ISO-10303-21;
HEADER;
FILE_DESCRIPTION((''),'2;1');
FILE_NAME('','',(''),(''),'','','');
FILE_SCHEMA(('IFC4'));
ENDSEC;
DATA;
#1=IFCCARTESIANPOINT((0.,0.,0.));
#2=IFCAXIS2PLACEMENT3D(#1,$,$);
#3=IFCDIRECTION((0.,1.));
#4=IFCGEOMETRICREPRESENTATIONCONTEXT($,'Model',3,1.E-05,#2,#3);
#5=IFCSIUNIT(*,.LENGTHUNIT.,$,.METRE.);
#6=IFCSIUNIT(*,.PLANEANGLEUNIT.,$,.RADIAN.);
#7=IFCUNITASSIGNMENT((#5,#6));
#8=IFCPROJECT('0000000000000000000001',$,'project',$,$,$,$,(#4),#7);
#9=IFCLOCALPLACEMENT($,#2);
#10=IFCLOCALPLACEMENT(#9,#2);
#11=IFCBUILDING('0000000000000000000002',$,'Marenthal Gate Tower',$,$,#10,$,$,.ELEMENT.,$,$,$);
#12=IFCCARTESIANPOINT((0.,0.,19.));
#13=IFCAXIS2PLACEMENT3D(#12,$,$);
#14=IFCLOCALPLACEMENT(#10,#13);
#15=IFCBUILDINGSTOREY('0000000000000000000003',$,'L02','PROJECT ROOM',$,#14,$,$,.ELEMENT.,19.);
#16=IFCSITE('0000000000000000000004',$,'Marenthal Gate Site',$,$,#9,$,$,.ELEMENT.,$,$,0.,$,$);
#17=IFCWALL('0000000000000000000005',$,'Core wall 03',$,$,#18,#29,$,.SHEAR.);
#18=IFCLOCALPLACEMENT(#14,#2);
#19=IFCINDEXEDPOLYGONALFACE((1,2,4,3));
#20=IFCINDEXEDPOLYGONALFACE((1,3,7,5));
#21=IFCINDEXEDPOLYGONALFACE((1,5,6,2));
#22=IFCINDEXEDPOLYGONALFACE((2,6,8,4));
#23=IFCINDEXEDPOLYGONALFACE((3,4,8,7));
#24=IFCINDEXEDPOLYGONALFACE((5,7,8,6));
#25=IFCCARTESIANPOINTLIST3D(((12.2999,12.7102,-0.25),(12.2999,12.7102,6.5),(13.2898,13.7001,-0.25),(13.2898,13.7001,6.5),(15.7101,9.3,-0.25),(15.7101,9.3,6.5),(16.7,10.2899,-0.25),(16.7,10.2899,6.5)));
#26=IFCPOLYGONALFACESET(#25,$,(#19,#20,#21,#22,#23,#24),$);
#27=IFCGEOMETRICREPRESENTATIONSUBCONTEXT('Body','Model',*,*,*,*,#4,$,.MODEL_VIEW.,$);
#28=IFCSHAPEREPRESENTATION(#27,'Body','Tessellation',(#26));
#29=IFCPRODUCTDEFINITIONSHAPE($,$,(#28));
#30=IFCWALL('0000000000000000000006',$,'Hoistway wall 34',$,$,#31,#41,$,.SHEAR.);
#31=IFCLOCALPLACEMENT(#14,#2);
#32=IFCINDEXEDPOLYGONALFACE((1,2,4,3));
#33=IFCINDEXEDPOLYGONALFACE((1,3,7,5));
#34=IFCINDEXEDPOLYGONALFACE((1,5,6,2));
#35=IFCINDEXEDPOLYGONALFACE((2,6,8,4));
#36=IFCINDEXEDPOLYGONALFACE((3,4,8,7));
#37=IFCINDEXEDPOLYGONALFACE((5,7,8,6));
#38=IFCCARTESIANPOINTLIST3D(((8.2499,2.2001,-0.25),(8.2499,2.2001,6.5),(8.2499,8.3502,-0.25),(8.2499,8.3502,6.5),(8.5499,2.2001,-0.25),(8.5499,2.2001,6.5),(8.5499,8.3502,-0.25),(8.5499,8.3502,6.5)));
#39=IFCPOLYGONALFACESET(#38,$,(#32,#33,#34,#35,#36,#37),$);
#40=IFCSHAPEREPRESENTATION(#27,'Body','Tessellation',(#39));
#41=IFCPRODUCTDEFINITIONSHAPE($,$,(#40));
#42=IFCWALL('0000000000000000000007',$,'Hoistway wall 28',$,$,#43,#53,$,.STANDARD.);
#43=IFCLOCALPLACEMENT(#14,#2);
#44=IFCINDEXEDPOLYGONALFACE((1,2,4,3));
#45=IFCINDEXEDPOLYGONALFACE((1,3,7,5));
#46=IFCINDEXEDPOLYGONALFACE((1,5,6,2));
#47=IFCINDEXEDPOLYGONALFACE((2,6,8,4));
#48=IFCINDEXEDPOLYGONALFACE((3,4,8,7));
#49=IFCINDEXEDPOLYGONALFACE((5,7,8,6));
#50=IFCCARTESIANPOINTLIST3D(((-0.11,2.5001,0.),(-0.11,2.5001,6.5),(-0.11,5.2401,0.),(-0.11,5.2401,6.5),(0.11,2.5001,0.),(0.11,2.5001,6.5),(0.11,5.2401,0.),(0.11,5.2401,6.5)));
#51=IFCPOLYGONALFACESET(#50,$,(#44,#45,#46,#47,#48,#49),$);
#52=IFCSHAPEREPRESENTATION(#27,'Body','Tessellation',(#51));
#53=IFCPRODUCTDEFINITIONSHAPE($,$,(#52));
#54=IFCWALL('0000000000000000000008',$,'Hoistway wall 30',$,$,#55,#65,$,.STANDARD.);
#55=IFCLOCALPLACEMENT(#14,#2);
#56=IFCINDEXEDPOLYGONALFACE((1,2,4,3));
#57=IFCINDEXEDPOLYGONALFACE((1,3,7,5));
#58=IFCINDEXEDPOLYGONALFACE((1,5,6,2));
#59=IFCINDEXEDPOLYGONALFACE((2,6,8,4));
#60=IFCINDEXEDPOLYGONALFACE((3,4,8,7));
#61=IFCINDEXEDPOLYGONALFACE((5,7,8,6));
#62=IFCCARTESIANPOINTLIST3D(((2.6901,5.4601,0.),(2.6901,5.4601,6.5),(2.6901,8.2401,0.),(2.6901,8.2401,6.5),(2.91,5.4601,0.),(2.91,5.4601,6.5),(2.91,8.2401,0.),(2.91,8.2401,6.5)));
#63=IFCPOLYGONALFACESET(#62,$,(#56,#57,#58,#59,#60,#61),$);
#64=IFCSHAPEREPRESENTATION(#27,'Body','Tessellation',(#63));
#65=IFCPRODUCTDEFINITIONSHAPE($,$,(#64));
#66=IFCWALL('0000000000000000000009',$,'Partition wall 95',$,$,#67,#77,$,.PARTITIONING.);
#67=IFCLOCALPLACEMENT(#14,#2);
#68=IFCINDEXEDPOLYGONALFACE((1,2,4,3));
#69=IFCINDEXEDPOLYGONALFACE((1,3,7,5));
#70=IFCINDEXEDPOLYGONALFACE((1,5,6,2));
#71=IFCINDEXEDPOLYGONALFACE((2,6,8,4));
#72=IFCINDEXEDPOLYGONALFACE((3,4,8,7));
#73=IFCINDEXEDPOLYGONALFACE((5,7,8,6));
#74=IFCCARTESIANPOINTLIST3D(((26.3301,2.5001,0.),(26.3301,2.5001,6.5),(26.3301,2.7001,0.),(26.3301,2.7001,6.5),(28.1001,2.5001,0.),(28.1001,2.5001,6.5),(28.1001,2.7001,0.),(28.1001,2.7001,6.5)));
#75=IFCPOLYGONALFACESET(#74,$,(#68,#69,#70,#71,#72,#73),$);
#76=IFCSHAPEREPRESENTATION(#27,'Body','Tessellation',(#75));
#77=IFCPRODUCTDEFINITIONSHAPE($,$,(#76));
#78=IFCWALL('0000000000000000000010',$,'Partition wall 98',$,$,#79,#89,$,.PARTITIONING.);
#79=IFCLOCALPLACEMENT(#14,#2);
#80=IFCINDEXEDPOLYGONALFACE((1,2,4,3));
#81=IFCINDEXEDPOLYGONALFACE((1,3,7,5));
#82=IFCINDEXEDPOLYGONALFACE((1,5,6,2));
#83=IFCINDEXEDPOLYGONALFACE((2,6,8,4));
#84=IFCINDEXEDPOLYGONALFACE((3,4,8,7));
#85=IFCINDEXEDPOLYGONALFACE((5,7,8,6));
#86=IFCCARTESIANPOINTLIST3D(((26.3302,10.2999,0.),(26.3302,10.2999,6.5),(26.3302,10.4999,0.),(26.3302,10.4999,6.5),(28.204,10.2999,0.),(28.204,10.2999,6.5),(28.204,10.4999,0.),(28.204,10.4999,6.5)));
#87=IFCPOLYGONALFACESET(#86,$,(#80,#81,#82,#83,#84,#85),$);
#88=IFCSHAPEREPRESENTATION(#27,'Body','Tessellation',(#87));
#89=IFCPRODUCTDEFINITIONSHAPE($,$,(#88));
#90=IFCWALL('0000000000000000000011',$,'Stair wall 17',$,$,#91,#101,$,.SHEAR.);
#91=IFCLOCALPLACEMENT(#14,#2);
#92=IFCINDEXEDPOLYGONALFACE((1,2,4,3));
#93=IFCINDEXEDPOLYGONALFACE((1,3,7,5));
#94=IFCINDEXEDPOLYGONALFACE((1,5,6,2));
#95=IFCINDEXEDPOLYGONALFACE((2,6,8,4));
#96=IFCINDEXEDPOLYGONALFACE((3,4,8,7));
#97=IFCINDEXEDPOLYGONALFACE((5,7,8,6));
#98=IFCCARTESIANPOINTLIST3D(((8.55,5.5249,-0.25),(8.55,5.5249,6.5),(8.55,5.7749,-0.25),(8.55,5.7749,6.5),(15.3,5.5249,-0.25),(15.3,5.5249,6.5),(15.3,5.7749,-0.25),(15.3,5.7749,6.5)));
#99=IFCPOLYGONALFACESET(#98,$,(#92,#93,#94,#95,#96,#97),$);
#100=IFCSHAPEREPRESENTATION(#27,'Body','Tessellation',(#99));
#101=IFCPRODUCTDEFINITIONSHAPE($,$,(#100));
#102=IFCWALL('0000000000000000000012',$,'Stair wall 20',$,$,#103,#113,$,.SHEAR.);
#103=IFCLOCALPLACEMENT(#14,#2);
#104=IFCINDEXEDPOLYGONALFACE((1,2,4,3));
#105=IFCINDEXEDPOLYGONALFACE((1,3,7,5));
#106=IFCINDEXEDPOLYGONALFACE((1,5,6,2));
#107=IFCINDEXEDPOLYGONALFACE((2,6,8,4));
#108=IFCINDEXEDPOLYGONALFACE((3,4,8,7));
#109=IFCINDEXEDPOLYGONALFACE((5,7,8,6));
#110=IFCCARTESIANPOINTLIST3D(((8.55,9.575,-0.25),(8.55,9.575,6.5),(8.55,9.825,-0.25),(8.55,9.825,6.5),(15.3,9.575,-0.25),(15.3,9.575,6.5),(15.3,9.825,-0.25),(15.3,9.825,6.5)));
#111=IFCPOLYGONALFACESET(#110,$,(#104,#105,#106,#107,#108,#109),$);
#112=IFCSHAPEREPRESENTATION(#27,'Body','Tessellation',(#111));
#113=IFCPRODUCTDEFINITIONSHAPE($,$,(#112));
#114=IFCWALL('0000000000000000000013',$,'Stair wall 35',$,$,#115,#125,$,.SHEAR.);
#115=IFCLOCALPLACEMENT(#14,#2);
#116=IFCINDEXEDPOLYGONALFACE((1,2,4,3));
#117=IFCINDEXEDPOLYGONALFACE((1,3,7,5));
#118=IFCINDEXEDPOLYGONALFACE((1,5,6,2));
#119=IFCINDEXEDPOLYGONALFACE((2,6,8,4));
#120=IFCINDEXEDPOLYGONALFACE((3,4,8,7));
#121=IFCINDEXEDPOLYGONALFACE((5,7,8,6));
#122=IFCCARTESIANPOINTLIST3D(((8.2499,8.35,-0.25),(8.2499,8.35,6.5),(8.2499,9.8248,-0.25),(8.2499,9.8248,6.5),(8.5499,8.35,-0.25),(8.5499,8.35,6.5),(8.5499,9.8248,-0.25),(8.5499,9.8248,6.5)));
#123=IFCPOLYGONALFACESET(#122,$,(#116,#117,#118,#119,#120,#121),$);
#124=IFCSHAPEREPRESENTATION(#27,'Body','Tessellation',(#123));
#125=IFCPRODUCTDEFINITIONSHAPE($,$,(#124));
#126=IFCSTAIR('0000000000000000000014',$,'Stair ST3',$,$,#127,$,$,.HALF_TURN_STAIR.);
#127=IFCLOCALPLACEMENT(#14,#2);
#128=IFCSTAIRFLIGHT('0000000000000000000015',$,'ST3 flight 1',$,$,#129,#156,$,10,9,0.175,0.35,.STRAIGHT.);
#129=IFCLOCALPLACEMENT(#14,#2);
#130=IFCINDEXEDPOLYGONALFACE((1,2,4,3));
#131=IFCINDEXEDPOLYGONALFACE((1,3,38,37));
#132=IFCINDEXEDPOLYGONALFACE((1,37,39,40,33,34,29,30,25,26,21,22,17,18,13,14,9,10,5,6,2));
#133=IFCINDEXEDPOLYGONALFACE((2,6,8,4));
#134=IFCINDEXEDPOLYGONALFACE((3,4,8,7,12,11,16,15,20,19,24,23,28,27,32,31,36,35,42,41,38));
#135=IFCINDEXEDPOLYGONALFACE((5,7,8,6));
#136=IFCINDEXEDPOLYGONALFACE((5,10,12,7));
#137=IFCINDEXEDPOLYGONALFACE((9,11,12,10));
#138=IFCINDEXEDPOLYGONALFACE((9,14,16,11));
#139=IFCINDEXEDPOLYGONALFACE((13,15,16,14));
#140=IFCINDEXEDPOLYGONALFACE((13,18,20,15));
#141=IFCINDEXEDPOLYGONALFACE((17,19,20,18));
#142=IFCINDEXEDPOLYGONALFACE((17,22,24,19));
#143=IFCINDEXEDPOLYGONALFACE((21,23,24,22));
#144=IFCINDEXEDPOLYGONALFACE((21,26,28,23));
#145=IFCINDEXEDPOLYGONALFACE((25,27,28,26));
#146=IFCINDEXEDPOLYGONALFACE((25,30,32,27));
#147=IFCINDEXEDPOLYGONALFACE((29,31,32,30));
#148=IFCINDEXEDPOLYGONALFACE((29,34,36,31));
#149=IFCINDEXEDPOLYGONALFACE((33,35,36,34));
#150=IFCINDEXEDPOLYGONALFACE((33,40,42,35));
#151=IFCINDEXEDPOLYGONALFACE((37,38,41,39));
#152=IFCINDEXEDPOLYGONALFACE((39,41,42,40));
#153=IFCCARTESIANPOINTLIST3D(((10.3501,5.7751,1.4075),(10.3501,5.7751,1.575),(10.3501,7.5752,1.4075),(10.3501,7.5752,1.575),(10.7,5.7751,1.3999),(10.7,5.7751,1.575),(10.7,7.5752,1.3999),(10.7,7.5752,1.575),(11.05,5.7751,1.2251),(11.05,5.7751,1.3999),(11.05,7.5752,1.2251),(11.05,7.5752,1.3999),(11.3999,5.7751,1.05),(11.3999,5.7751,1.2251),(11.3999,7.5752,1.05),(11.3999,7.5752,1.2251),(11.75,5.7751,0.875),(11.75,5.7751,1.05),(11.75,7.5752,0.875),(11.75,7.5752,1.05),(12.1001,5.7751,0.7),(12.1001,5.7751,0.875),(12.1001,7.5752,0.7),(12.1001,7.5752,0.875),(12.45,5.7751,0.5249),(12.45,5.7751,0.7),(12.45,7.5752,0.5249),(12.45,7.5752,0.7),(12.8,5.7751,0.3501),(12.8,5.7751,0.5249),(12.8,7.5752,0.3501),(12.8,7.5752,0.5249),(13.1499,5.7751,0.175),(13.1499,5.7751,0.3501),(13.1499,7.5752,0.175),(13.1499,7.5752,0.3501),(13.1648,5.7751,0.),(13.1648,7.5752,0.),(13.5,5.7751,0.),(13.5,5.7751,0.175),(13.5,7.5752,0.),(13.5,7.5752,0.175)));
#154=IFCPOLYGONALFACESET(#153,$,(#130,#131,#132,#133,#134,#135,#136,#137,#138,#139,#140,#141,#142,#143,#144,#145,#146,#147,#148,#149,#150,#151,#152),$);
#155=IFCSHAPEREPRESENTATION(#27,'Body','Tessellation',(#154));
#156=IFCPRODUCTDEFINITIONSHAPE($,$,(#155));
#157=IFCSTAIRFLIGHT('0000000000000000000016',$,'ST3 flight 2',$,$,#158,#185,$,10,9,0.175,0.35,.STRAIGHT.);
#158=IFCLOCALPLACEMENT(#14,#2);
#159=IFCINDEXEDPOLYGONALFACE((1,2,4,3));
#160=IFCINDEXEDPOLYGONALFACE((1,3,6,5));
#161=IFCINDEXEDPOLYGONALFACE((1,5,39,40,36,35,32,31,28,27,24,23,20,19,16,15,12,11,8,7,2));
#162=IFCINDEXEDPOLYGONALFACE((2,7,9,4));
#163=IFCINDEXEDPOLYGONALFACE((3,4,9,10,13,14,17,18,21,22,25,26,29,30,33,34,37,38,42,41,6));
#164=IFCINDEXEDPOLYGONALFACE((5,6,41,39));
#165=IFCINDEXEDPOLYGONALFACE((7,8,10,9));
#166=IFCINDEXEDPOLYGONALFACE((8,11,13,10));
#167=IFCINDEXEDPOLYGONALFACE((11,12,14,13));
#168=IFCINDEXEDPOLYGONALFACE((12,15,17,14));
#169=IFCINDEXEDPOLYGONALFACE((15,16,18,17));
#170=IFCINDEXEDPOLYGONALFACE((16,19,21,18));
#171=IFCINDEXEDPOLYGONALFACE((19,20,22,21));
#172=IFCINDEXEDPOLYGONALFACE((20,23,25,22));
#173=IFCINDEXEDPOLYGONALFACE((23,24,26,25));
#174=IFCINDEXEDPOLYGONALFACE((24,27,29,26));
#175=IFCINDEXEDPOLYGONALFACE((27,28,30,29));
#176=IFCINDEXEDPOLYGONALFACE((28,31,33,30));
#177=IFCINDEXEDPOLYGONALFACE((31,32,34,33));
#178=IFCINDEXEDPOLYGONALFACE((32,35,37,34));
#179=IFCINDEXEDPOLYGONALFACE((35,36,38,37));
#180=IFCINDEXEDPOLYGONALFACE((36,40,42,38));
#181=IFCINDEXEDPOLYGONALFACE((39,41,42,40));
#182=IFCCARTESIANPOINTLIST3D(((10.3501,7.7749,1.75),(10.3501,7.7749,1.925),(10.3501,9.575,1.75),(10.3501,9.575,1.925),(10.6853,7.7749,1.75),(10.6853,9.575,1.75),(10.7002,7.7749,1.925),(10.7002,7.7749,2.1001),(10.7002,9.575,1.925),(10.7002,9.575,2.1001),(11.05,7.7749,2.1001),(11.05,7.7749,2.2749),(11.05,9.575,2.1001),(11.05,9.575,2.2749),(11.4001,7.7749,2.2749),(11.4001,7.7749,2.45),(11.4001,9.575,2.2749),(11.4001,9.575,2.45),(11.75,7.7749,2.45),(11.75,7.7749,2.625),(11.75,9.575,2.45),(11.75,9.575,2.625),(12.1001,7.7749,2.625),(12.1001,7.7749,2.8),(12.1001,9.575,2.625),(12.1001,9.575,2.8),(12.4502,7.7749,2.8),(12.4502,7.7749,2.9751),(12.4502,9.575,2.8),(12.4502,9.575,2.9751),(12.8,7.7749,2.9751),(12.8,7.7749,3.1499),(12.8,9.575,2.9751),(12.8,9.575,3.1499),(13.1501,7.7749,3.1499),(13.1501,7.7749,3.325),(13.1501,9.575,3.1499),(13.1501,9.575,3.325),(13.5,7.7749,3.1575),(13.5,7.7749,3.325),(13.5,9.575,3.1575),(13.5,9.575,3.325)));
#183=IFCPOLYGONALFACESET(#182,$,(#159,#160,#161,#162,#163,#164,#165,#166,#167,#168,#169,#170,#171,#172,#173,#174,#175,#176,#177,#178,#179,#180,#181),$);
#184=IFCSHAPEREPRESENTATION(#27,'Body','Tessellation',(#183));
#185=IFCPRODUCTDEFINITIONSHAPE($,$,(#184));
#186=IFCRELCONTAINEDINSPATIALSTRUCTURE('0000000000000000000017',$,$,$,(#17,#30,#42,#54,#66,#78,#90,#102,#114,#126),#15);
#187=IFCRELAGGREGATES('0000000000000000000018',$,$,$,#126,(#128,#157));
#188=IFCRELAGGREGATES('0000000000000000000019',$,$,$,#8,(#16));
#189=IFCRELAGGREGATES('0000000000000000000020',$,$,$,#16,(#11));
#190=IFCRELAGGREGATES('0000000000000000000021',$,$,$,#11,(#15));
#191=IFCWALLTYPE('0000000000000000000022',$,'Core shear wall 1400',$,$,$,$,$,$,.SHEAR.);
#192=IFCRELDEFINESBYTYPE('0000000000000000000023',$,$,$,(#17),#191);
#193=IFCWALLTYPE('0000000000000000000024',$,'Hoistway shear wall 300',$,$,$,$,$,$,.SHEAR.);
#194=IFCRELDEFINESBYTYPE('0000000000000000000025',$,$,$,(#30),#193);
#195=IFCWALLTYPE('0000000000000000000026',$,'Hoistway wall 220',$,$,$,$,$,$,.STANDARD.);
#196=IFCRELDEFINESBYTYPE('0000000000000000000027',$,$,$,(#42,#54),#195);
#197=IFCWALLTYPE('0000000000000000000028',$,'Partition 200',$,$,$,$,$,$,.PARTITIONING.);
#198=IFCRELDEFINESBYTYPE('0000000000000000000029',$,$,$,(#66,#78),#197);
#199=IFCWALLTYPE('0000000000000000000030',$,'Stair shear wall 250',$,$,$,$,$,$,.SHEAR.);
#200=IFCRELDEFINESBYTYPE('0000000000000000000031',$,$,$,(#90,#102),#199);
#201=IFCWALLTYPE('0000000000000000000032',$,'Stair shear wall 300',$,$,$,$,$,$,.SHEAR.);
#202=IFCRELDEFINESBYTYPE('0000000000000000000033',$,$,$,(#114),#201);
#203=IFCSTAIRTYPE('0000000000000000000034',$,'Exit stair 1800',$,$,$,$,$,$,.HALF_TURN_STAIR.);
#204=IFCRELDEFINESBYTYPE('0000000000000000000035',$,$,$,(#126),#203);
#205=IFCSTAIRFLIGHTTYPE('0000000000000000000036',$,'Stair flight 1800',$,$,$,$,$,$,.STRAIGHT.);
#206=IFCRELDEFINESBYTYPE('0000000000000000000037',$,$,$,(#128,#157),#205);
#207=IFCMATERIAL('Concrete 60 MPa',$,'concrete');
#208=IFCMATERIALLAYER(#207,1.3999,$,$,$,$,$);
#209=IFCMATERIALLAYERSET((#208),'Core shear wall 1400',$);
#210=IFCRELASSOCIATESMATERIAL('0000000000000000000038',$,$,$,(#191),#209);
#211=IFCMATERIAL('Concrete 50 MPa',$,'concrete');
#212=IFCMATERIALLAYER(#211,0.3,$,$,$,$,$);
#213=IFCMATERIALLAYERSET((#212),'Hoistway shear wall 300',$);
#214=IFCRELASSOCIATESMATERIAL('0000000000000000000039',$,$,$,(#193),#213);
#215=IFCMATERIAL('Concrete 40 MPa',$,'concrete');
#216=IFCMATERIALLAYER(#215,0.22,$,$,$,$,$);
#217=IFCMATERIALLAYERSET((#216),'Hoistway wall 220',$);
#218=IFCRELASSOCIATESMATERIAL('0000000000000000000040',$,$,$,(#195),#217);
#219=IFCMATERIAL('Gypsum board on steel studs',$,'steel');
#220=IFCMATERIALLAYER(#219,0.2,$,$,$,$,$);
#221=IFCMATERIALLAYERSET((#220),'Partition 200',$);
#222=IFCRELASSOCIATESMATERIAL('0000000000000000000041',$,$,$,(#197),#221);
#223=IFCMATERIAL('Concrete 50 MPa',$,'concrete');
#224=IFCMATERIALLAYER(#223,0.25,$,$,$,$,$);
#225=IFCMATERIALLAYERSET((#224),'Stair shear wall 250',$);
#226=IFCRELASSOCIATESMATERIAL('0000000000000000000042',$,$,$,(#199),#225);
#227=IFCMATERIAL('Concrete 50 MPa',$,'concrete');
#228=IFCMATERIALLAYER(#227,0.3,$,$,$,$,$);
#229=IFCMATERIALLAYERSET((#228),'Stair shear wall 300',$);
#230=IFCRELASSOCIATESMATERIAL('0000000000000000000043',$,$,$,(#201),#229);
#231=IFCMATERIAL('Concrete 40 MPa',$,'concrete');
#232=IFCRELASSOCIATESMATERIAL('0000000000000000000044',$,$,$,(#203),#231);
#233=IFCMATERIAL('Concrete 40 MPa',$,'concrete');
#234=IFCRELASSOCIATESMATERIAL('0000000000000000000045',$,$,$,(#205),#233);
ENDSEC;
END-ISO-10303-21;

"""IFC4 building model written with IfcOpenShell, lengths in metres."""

from ifc_helpers import new_model, si_unit, direction, frame, frame_2d, origin, place, context, subcontext, project, spatial, polyline, rectangle, outline, extrude, material, layer, layer_set, type_object, element, aggregate, save


model = new_model("IFC4")

# Units and contexts
model_context = context("Model", 3, precision=1e-05, world=origin(), true_north=direction((0.0, 1.0)))
body_context = subcontext(model_context, "Body", "Model", "MODEL_VIEW")
ifc_project = project(units=[si_unit("LENGTHUNIT", "METRE"), si_unit("PLANEANGLEUNIT", "RADIAN")], contexts=[model_context])

# Site, building, storey
site_placement = place(None, origin())
site = spatial("IfcSite", under=ifc_project, at=site_placement, Name="Marenthal Gate Site", CompositionType="ELEMENT", RefElevation=0.0)
building_placement = place(site_placement, origin())
building = spatial("IfcBuilding", under=site, at=building_placement, Name="Marenthal Gate Tower", CompositionType="ELEMENT")
storey_placement = place(building_placement, frame((0.0, 0.0, 19.0)))
storey = spatial("IfcBuildingStorey", under=building, at=storey_placement, Name="L02", Description="PROJECT ROOM", CompositionType="ELEMENT", Elevation=19.0)

# Walls
ifc_material_1 = material(Name="Concrete 60 MPa", Category="concrete")
ifc_layer_1 = layer(ifc_material_1, 1.3999)
ifc_layer_set_1 = layer_set([ifc_layer_1], Name="Core shear wall 1400")
wall_type_1 = type_object("IfcWallType", Name="Core shear wall 1400", PredefinedType="SHEAR", material=ifc_layer_set_1)
wall_1_placement = place(storey_placement, frame((16.2051, 9.7949, -0.25), z_axis=(0.0, 0.0, 1.0), x_axis=(-0.707107, 0.707107, 0.0)))
element("IfcWall", 1, at=wall_1_placement, inside=storey, type_object=wall_type_1, Name="Core wall 03", PredefinedType="SHEAR", context=body_context, shape_type="SweptSolid", body=[
    extrude(rectangle(XDim=4.8228, YDim=1.3999, at=frame_2d((2.4114, 0.0))), origin(), (0.0, 0.0, 1.0), 6.75),
])
ifc_material_2 = material(Name="Concrete 50 MPa", Category="concrete")
ifc_layer_2 = layer(ifc_material_2, 0.3)
ifc_layer_set_2 = layer_set([ifc_layer_2], Name="Hoistway shear wall 300")
wall_type_2 = type_object("IfcWallType", Name="Hoistway shear wall 300", PredefinedType="SHEAR", material=ifc_layer_set_2)
wall_2_placement = place(storey_placement, frame((8.3999, 2.2, -0.25), z_axis=(0.0, 0.0, 1.0), x_axis=(0.0, 1.0, 0.0)))
element("IfcWall", 2, at=wall_2_placement, inside=storey, type_object=wall_type_2, Name="Hoistway wall 34", PredefinedType="SHEAR", context=body_context, shape_type="SweptSolid", body=[
    extrude(rectangle(XDim=6.1501, YDim=0.3, at=frame_2d((3.0752, 0.0))), origin(), (0.0, 0.0, 1.0), 6.75),
])
ifc_material_3 = material(Name="Concrete 40 MPa", Category="concrete")
ifc_layer_3 = layer(ifc_material_3, 0.22)
ifc_layer_set_3 = layer_set([ifc_layer_3], Name="Hoistway wall 220")
wall_type_3 = type_object("IfcWallType", Name="Hoistway wall 220", PredefinedType="STANDARD", material=ifc_layer_set_3)
wall_3_placement = place(storey_placement, frame((0.0, 2.5, 0.0), z_axis=(0.0, 0.0, 1.0), x_axis=(0.0, 1.0, 0.0)))
element("IfcWall", 3, at=wall_3_placement, inside=storey, type_object=wall_type_3, Name="Hoistway wall 28", PredefinedType="STANDARD", context=body_context, shape_type="SweptSolid", body=[
    extrude(rectangle(XDim=2.74, YDim=0.22, at=frame_2d((1.3701, 0.0))), origin(), (0.0, 0.0, 1.0), 6.5),
])
wall_4_placement = place(storey_placement, frame((2.8, 5.46, 0.0), z_axis=(0.0, 0.0, 1.0), x_axis=(0.0, 1.0, 0.0)))
element("IfcWall", 4, at=wall_4_placement, inside=storey, type_object=wall_type_3, Name="Hoistway wall 30", PredefinedType="STANDARD", context=body_context, shape_type="SweptSolid", body=[
    extrude(rectangle(XDim=2.78, YDim=0.22, at=frame_2d((1.3901, 0.0))), origin(), (0.0, 0.0, 1.0), 6.5),
])
ifc_material_4 = material(Name="Gypsum board on steel studs", Category="steel")
ifc_layer_4 = layer(ifc_material_4, 0.2)
ifc_layer_set_4 = layer_set([ifc_layer_4], Name="Partition 200")
wall_type_4 = type_object("IfcWallType", Name="Partition 200", PredefinedType="PARTITIONING", material=ifc_layer_set_4)
wall_5_placement = place(storey_placement, frame((26.3301, 2.6001, 0.0), z_axis=(0.0, 0.0, 1.0), x_axis=(1.0, 0.0, 0.0)))
element("IfcWall", 5, at=wall_5_placement, inside=storey, type_object=wall_type_4, Name="Partition wall 95", PredefinedType="PARTITIONING", context=body_context, shape_type="SweptSolid", body=[
    extrude(rectangle(XDim=1.77, YDim=0.2, at=frame_2d((0.885, 0.0))), origin(), (0.0, 0.0, 1.0), 6.5),
])
wall_6_placement = place(storey_placement, frame((26.3301, 10.3999, 0.0), z_axis=(0.0, 0.0, 1.0), x_axis=(1.0, 0.0, 0.0)))
element("IfcWall", 6, at=wall_6_placement, inside=storey, type_object=wall_type_4, Name="Partition wall 98", PredefinedType="PARTITIONING", context=body_context, shape_type="SweptSolid", body=[
    extrude(rectangle(XDim=1.8738, YDim=0.2, at=frame_2d((0.937, 0.0))), origin(), (0.0, 0.0, 1.0), 6.5),
])
ifc_material_5 = material(Name="Concrete 50 MPa", Category="concrete")
ifc_layer_5 = layer(ifc_material_5, 0.25)
ifc_layer_set_5 = layer_set([ifc_layer_5], Name="Stair shear wall 250")
wall_type_5 = type_object("IfcWallType", Name="Stair shear wall 250", PredefinedType="SHEAR", material=ifc_layer_set_5)
for number, where, z_axis, x_axis, name in (
    (7, (8.55, 5.6499, -0.25), (0.0, 0.0, 1.0), (1.0, 0.0, 0.0), "Stair wall 17"),
    (8, (8.55, 9.7, -0.25), (0.0, 0.0, 1.0), (1.0, 0.0, 0.0), "Stair wall 20"),
):
    element("IfcWall", number, at=place(storey_placement, frame(where, z_axis=z_axis, x_axis=x_axis)), inside=storey, type_object=wall_type_5, Name=name, PredefinedType="SHEAR", context=body_context, shape_type="SweptSolid", body=[
        extrude(rectangle(XDim=6.75, YDim=0.25, at=frame_2d((3.375, 0.0))), origin(), (0.0, 0.0, 1.0), 6.75),
    ])
ifc_material_6 = material(Name="Concrete 50 MPa", Category="concrete")
ifc_layer_6 = layer(ifc_material_6, 0.3)
ifc_layer_set_6 = layer_set([ifc_layer_6], Name="Stair shear wall 300")
wall_type_6 = type_object("IfcWallType", Name="Stair shear wall 300", PredefinedType="SHEAR", material=ifc_layer_set_6)
wall_7_placement = place(storey_placement, frame((8.3999, 8.3501, -0.25), z_axis=(0.0, 0.0, 1.0), x_axis=(0.0, 1.0, 0.0)))
element("IfcWall", 9, at=wall_7_placement, inside=storey, type_object=wall_type_6, Name="Stair wall 35", PredefinedType="SHEAR", context=body_context, shape_type="SweptSolid", body=[
    extrude(rectangle(XDim=1.4749, YDim=0.3, at=frame_2d((0.7373, 0.0))), origin(), (0.0, 0.0, 1.0), 6.75),
])

# Stair, stair flights
ifc_material_7 = material(Name="Concrete 40 MPa", Category="concrete")
stair_type_1 = type_object("IfcStairType", Name="Exit stair 1800", PredefinedType="HALF_TURN_STAIR", material=ifc_material_7)
stair_1_placement = place(storey_placement, origin())
stair_1 = element("IfcStair", 10, at=stair_1_placement, inside=storey, type_object=stair_type_1, Name="Stair ST3", PredefinedType="HALF_TURN_STAIR")
ifc_material_8 = material(Name="Concrete 40 MPa", Category="concrete")
stair_flight_type = type_object("IfcStairFlightType", Name="Stair flight 1800", PredefinedType="STRAIGHT", material=ifc_material_8)
stair_flight_1_placement = place(storey_placement, frame((13.5, 6.675, 0.0), z_axis=(0.0, 0.0, 1.0), x_axis=(-1.0, 0.0, 0.0)))
stair_flight_1 = element("IfcStairFlight", 11, at=stair_flight_1_placement, type_object=stair_flight_type, Name="ST3 flight 1", NumberOfRisers=10, NumberOfTreads=9, PredefinedType="STRAIGHT", RiserHeight=0.175, TreadLength=0.35, context=body_context, shape_type="SweptSolid", body=[
    extrude(outline(polyline([(0.0, 0.0), (0.0, 0.175), (0.3501, 0.175), (0.3501, 0.3501), (0.7, 0.3501), (0.7, 0.5249), (1.05, 0.5249), (1.05, 0.7), (1.3999, 0.7), (1.3999, 0.875), (1.75, 0.875), (1.75, 1.05), (2.1001, 1.05), (2.1001, 1.2251), (2.45, 1.2251), (2.45, 1.3999), (2.8, 1.3999), (2.8, 1.575), (3.1499, 1.575), (3.1499, 1.75), (3.1499, 1.4075), (0.3352, 0.0), (0.0, 0.0)])), frame((0.0, 0.8999, 0.0), z_axis=(0.0, -1.0, 0.0), x_axis=(1.0, 0.0, 0.0)), (0.0, 0.0, 1.0), 1.8),
])
stair_flight_2_placement = place(storey_placement, frame((10.3501, 8.675, 1.75), z_axis=(0.0, 0.0, 1.0), x_axis=(1.0, 0.0, 0.0)))
stair_flight_2 = element("IfcStairFlight", 12, at=stair_flight_2_placement, type_object=stair_flight_type, Name="ST3 flight 2", NumberOfRisers=10, NumberOfTreads=9, PredefinedType="STRAIGHT", RiserHeight=0.175, TreadLength=0.35, context=body_context, shape_type="SweptSolid", body=[
    extrude(outline(polyline([(0.0, 0.0), (0.0, 0.175), (0.3501, 0.175), (0.3501, 0.3501), (0.7, 0.3501), (0.7, 0.5249), (1.05, 0.5249), (1.05, 0.7), (1.3999, 0.7), (1.3999, 0.875), (1.75, 0.875), (1.75, 1.05), (2.1001, 1.05), (2.1001, 1.2251), (2.45, 1.2251), (2.45, 1.3999), (2.8, 1.3999), (2.8, 1.575), (3.1499, 1.575), (3.1499, 1.75), (3.1499, 1.4075), (0.3352, 0.0), (0.0, 0.0)])), frame((0.0, 0.8999, 0.0), z_axis=(0.0, -1.0, 0.0), x_axis=(1.0, 0.0, 0.0)), (0.0, 0.0, 1.0), 1.8),
])
aggregate(stair_1, [stair_flight_1, stair_flight_2])

save(model, "model.ifc")
